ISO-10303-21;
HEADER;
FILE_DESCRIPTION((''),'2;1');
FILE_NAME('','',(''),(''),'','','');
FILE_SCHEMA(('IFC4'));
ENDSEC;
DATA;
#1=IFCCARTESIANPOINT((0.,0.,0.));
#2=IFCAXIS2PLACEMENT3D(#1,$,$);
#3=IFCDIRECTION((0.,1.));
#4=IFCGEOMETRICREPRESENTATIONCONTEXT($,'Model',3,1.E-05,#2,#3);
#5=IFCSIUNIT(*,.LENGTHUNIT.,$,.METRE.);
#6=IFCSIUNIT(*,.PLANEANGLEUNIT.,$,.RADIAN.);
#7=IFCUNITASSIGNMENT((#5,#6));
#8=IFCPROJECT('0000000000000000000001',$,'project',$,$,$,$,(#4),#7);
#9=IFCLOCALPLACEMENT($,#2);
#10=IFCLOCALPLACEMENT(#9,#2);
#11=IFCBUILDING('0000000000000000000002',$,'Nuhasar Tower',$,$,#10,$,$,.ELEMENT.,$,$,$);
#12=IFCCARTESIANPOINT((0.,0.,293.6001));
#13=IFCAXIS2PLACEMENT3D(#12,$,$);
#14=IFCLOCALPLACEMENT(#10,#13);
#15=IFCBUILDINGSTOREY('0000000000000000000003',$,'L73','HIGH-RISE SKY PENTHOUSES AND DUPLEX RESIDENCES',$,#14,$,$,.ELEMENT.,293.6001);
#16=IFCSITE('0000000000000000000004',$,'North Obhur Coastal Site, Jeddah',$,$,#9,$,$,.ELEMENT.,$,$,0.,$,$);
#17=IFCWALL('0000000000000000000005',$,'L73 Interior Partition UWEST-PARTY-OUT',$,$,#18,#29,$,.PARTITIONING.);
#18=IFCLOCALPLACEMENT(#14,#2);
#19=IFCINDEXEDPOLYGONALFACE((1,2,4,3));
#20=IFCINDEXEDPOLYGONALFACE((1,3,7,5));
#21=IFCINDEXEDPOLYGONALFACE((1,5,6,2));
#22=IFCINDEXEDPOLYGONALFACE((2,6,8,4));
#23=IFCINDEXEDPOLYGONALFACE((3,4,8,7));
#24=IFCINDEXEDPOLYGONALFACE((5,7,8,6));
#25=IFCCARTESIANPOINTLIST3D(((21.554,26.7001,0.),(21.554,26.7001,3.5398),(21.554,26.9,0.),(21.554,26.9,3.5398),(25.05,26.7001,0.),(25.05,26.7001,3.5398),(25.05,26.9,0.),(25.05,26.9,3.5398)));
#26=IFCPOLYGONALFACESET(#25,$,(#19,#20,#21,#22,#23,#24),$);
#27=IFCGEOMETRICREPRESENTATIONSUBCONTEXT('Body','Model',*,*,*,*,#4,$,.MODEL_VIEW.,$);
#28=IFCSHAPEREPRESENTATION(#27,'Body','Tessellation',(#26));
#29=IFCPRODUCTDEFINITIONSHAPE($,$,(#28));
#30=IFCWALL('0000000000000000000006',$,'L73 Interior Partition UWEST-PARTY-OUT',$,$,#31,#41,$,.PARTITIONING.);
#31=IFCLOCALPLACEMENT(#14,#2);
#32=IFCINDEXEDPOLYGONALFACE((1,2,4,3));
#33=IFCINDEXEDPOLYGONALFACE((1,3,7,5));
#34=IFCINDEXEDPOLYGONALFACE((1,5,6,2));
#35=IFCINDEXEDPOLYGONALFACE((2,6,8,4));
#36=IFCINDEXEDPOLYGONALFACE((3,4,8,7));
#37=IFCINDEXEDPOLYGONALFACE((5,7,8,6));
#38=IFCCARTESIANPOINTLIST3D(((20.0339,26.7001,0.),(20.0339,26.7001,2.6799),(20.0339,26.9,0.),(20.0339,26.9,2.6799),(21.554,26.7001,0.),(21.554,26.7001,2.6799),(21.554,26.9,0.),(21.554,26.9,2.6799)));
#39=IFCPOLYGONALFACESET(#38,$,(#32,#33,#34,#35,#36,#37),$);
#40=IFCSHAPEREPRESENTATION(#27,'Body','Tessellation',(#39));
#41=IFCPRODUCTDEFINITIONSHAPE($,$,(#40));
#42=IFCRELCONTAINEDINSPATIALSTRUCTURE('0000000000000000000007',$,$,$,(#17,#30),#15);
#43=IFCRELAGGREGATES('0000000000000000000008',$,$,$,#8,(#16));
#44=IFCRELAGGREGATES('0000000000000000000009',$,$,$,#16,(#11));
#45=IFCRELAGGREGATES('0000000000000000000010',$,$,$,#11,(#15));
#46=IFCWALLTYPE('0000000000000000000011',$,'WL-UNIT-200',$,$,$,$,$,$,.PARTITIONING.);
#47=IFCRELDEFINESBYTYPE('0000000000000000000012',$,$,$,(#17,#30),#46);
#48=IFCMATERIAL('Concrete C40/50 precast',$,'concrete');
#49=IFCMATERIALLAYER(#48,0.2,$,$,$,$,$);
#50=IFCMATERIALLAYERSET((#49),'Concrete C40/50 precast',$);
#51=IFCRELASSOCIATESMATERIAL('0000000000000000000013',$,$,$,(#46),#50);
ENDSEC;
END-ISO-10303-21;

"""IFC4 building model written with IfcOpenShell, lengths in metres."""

from ifc_helpers import new_model, si_unit, direction, frame, frame_2d, origin, place, context, subcontext, project, spatial, rectangle, extrude, material, layer, layer_set, type_object, element, save


model = new_model("IFC4")

# Units and contexts
model_context = context("Model", 3, precision=1e-05, world=origin(), true_north=direction((0.0, 1.0)))
body_context = subcontext(model_context, "Body", "Model", "MODEL_VIEW")
ifc_project = project(units=[si_unit("LENGTHUNIT", "METRE"), si_unit("PLANEANGLEUNIT", "RADIAN")], contexts=[model_context])

# Site, building, storey
site_placement = place(None, origin())
site = spatial("IfcSite", under=ifc_project, at=site_placement, Name="North Obhur Coastal Site, Jeddah", CompositionType="ELEMENT", RefElevation=0.0)
building_placement = place(site_placement, origin())
building = spatial("IfcBuilding", under=site, at=building_placement, Name="Nuhasar Tower", CompositionType="ELEMENT")
storey_placement = place(building_placement, frame((0.0, 0.0, 293.6001)))
storey = spatial("IfcBuildingStorey", under=building, at=storey_placement, Name="L73", Description="HIGH-RISE SKY PENTHOUSES AND DUPLEX RESIDENCES", CompositionType="ELEMENT", Elevation=293.6001)

# Walls
ifc_material_1 = material(Name="Concrete C40/50 precast", Category="concrete")
ifc_layer_1 = layer(ifc_material_1, 0.2)
ifc_layer_set_1 = layer_set([ifc_layer_1], Name="Concrete C40/50 precast")
wall_type_1 = type_object("IfcWallType", Name="WL-UNIT-200", PredefinedType="PARTITIONING", material=ifc_layer_set_1)
wall_1_placement = place(storey_placement, frame((25.05, 26.8, 0.0), z_axis=(0.0, 0.0, 1.0), x_axis=(-1.0, 0.0, 0.0)))
element("IfcWall", 1, at=wall_1_placement, inside=storey, type_object=wall_type_1, Name="L73 Interior Partition UWEST-PARTY-OUT", PredefinedType="PARTITIONING", context=body_context, shape_type="SweptSolid", body=[
    extrude(rectangle(XDim=3.4961, YDim=0.2, at=frame_2d((1.748, 0.0))), origin(), (0.0, 0.0, 1.0), 3.5398),
])
wall_2_placement = place(storey_placement, frame((21.554, 26.8, 0.0), z_axis=(0.0, 0.0, 1.0), x_axis=(-1.0, 0.0, 0.0)))
element("IfcWall", 2, at=wall_2_placement, inside=storey, type_object=wall_type_1, Name="L73 Interior Partition UWEST-PARTY-OUT", PredefinedType="PARTITIONING", context=body_context, shape_type="SweptSolid", body=[
    extrude(rectangle(XDim=1.52, YDim=0.2, at=frame_2d((0.76, 0.0))), origin(), (0.0, 0.0, 1.0), 2.6799),
])

save(model, "model.ifc")
